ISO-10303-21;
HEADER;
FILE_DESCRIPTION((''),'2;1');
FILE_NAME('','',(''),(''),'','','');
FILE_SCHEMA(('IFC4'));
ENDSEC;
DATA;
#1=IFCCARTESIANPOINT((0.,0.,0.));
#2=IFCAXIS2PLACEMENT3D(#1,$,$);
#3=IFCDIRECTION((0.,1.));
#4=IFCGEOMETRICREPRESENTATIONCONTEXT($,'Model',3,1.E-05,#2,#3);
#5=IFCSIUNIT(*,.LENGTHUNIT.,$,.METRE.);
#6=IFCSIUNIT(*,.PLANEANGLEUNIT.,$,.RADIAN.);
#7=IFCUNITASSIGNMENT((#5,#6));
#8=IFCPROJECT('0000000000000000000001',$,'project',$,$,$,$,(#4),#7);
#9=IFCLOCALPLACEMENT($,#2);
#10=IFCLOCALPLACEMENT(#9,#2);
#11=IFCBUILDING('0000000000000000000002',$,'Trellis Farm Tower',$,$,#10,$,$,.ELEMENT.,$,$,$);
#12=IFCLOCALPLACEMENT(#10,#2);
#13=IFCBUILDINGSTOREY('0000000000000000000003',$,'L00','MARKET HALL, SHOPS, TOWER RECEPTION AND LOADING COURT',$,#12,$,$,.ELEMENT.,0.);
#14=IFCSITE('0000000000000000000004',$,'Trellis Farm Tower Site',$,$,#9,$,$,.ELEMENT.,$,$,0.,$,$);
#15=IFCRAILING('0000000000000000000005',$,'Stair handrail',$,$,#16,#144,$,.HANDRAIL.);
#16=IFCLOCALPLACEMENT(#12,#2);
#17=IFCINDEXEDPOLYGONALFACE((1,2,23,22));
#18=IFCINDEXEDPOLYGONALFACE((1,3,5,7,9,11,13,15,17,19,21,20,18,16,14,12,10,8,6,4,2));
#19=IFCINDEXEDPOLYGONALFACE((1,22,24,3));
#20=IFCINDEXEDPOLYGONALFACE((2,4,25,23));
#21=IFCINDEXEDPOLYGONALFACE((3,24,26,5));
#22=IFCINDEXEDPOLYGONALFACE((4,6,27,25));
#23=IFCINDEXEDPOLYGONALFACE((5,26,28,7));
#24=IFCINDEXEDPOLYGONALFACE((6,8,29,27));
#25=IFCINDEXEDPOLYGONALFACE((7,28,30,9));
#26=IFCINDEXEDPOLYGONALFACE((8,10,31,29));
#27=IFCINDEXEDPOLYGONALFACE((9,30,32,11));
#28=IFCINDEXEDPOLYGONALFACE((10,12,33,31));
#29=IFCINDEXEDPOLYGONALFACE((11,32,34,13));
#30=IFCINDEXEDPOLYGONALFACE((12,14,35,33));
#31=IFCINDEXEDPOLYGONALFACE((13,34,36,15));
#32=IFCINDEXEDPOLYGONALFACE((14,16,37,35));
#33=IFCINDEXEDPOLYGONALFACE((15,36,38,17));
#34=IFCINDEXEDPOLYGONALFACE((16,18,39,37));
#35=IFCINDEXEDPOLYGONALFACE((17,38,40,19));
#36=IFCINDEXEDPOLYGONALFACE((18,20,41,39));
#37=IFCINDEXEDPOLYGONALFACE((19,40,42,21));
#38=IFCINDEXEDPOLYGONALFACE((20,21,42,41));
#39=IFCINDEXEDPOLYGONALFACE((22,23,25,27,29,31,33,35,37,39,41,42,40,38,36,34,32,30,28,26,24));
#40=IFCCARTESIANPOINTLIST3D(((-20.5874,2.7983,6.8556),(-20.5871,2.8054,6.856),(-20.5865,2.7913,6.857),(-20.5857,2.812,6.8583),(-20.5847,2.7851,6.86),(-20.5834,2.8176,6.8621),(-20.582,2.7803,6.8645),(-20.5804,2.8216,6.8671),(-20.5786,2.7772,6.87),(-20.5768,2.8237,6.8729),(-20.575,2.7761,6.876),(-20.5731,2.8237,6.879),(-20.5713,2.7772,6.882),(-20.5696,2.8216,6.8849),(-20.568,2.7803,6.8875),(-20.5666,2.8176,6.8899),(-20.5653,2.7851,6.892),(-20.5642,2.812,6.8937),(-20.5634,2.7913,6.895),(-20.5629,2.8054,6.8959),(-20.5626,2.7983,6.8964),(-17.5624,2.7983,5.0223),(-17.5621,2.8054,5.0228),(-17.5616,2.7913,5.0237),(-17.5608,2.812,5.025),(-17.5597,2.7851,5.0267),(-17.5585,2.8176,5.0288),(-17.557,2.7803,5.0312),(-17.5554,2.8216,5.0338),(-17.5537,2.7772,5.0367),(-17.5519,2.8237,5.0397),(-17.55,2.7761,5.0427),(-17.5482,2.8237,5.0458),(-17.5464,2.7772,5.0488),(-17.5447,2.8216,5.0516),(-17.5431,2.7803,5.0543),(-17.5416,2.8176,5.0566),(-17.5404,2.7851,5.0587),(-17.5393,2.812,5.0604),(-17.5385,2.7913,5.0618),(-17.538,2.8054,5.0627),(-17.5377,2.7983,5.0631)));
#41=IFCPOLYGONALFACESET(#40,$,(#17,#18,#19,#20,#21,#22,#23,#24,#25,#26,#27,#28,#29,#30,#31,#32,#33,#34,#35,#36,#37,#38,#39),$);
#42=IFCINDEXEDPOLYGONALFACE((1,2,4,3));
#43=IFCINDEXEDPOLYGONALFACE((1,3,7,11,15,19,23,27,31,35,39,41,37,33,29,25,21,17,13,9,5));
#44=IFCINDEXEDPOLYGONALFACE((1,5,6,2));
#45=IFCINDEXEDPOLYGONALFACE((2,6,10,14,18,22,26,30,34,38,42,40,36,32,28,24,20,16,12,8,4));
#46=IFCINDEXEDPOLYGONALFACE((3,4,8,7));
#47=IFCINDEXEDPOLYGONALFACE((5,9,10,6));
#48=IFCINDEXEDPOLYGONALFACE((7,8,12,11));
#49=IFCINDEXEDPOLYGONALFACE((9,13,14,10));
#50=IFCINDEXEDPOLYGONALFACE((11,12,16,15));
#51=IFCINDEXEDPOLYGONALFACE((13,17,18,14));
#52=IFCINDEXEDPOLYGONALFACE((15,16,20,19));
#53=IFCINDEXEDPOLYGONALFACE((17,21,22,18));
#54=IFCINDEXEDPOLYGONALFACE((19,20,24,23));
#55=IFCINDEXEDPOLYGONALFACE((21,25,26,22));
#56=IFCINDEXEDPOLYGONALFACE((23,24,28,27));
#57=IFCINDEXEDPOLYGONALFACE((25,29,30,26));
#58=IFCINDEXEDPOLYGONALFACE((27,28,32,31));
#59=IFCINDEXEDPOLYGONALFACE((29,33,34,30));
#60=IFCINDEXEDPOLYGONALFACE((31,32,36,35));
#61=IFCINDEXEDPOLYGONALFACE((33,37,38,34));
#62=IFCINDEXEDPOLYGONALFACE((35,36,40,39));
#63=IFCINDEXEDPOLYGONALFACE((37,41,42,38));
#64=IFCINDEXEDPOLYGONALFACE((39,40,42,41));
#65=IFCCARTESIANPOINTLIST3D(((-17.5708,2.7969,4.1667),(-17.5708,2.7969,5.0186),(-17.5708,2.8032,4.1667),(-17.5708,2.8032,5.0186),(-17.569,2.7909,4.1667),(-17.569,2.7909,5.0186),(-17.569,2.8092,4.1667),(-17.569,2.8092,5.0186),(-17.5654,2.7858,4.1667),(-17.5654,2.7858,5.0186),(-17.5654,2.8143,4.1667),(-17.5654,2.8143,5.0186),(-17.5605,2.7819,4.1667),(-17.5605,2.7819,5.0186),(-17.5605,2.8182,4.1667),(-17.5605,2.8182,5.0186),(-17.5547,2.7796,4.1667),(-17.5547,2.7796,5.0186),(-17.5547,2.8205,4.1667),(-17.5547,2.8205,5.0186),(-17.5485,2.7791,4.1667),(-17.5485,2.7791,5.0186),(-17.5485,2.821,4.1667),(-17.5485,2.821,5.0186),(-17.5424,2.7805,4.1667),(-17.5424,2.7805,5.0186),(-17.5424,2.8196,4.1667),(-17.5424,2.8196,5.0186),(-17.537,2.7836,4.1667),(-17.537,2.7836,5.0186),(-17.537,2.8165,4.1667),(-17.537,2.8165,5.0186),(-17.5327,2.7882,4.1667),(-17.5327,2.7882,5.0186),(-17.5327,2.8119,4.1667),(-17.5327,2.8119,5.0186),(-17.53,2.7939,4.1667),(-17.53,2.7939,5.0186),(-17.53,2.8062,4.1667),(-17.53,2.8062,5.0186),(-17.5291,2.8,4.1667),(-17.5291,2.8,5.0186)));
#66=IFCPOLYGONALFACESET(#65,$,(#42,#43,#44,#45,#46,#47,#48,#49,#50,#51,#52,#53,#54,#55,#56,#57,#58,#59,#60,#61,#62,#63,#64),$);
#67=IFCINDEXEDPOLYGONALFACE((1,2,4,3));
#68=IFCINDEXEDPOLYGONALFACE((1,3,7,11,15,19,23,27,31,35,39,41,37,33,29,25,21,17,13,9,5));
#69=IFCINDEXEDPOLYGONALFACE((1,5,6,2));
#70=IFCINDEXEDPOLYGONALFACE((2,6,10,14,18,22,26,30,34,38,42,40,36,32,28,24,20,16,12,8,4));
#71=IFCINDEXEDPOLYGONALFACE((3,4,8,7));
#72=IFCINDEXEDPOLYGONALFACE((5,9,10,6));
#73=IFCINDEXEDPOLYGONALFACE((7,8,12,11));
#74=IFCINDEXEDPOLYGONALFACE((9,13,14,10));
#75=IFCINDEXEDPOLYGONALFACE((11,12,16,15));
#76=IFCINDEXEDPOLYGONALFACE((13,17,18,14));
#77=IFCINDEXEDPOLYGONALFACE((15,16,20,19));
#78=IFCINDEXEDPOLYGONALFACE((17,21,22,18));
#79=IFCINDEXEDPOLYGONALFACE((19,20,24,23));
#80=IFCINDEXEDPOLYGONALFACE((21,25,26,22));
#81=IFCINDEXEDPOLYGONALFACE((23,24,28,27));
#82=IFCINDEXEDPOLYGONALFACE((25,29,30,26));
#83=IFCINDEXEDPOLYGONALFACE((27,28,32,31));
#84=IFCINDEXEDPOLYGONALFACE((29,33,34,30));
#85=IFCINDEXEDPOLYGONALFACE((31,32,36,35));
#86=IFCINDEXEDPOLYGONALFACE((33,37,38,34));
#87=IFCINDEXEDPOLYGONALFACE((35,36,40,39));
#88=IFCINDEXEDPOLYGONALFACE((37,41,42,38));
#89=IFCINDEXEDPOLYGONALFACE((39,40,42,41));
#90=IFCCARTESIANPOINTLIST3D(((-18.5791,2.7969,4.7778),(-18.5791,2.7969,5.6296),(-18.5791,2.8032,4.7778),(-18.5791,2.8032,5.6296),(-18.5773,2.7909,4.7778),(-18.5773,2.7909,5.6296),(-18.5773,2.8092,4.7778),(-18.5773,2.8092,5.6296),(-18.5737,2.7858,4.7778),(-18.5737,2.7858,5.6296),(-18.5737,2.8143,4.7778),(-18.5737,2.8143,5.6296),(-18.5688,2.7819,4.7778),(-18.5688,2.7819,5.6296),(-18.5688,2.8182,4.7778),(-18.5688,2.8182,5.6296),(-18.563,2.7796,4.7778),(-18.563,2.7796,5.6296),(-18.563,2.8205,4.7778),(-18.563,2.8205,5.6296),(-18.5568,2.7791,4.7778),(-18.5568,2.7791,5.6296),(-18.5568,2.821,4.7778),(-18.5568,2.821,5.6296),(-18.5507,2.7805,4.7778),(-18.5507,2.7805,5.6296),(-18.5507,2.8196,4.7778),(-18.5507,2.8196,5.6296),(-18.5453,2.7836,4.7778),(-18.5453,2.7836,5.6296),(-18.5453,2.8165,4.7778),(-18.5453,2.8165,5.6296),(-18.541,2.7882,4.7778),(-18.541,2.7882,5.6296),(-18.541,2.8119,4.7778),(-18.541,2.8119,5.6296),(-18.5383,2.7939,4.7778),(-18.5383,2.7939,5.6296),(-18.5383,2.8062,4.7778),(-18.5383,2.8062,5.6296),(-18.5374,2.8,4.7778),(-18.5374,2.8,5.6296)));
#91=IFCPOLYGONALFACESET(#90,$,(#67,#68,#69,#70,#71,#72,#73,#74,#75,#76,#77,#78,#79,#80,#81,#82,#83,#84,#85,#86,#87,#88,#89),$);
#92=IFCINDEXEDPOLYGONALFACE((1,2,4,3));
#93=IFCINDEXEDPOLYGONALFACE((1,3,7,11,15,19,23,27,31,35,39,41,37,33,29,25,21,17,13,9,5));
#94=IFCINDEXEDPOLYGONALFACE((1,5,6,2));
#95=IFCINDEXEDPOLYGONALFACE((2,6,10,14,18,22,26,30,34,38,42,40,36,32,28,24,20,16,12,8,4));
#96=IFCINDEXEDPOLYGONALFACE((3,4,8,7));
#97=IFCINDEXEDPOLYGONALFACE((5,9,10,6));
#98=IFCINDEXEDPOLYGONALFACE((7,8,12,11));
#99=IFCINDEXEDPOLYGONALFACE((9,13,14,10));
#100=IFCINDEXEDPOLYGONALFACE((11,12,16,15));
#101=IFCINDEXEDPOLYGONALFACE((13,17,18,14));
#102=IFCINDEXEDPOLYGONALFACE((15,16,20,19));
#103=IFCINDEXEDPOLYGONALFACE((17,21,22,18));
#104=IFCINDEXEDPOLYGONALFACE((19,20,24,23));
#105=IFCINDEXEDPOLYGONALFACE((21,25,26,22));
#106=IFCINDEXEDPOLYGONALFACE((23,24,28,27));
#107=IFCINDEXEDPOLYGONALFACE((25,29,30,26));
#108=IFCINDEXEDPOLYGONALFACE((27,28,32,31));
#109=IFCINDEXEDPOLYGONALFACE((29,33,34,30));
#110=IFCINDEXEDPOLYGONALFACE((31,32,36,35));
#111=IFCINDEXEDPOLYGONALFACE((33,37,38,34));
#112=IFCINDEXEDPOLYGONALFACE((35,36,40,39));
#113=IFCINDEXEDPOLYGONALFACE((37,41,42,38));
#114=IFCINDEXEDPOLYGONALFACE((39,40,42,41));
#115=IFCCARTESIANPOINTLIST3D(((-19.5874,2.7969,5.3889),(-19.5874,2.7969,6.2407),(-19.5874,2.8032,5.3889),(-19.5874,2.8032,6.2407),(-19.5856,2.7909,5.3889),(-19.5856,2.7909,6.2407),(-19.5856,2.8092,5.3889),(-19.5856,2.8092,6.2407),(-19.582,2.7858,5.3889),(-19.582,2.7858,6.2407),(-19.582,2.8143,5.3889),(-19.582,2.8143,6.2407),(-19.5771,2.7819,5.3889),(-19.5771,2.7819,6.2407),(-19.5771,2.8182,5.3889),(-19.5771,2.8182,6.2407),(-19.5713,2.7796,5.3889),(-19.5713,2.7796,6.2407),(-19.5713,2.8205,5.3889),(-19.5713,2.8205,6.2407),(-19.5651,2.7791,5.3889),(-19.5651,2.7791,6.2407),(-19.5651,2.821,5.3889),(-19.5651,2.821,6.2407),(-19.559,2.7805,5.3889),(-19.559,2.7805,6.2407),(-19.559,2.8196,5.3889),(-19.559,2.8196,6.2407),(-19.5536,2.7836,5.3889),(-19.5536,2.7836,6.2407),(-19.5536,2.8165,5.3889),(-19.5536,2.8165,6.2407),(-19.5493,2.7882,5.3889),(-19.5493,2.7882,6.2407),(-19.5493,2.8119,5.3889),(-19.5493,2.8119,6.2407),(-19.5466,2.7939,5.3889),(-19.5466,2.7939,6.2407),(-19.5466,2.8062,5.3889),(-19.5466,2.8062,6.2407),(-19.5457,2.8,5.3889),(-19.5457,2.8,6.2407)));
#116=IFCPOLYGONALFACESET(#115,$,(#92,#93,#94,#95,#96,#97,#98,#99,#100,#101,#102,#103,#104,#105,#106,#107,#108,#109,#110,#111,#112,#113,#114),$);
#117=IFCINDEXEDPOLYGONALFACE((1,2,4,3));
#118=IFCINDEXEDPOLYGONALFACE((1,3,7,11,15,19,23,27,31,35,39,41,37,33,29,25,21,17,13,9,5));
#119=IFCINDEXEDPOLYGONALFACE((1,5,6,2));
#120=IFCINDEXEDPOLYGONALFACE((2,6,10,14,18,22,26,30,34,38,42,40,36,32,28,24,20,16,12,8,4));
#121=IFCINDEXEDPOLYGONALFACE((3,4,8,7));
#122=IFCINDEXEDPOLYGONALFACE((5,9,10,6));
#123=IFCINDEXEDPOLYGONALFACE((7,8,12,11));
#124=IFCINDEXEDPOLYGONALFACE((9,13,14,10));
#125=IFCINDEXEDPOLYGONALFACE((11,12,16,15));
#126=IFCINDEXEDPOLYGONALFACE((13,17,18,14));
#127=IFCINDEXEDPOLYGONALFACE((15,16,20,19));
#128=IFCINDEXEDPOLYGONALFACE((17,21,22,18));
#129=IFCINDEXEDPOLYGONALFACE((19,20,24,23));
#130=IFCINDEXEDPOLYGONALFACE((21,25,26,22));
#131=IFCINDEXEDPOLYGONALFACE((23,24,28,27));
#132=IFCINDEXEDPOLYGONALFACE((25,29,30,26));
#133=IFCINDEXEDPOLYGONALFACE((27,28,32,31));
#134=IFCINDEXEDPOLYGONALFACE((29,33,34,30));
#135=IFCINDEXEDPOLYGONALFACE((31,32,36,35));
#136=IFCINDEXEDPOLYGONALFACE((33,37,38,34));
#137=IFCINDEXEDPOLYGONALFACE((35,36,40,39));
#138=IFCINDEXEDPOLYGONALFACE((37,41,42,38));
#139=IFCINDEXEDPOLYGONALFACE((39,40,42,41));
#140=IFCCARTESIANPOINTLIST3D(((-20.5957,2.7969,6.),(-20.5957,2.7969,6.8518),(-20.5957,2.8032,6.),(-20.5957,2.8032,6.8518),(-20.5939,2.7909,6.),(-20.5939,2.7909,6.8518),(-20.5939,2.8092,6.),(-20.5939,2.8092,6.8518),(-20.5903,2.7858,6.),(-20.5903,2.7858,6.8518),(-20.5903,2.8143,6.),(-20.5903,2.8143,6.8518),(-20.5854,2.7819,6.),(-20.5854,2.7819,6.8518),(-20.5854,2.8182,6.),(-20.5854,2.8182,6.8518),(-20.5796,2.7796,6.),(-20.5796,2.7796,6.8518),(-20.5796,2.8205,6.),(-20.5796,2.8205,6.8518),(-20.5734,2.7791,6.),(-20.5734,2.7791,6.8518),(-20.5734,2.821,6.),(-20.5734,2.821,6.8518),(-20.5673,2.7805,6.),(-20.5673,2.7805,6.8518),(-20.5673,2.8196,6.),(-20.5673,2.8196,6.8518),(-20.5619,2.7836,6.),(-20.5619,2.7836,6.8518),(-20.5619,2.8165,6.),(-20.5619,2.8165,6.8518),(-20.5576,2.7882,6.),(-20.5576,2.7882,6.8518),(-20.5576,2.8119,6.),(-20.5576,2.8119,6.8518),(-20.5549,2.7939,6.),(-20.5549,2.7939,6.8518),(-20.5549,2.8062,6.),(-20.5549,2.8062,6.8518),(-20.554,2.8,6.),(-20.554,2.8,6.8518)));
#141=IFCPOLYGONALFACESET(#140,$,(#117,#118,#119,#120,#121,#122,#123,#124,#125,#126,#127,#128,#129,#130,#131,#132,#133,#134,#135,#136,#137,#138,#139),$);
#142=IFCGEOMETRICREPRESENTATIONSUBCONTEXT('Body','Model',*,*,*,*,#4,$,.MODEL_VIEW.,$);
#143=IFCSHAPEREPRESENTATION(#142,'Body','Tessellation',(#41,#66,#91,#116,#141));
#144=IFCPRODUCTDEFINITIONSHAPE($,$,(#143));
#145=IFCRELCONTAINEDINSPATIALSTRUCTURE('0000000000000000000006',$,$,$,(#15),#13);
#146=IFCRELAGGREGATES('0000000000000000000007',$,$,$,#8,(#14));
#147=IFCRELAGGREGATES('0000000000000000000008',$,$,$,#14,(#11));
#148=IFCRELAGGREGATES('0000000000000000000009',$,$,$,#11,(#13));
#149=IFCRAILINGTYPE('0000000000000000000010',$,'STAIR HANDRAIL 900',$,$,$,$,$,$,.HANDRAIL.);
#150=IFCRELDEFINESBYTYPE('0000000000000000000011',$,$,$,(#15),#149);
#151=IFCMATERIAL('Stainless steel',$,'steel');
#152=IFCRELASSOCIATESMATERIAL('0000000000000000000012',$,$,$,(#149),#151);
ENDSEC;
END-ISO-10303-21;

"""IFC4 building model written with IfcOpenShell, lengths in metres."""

from ifc_helpers import new_model, si_unit, direction, frame, origin, origin_2d, place, context, subcontext, project, spatial, circle, extrude, source, transform, mapped, material, type_object, element, save


model = new_model("IFC4")

# Units and contexts
model_context = context("Model", 3, precision=1e-05, world=origin(), true_north=direction((0.0, 1.0)))
body_context = subcontext(model_context, "Body", "Model", "MODEL_VIEW")
ifc_project = project(units=[si_unit("LENGTHUNIT", "METRE"), si_unit("PLANEANGLEUNIT", "RADIAN")], contexts=[model_context])

# Site, building, storey
site_placement = place(None, origin())
site = spatial("IfcSite", under=ifc_project, at=site_placement, Name="Trellis Farm Tower Site", CompositionType="ELEMENT", RefElevation=0.0)
building_placement = place(site_placement, origin())
building = spatial("IfcBuilding", under=site, at=building_placement, Name="Trellis Farm Tower", CompositionType="ELEMENT")
storey_placement = place(building_placement, origin())
storey = spatial("IfcBuildingStorey", under=building, at=storey_placement, Name="L00", Description="MARKET HALL, SHOPS, TOWER RECEPTION AND LOADING COURT", CompositionType="ELEMENT", Elevation=0.0)

# Railing
ifc_material_1 = material(Name="Stainless steel", Category="steel")
railing_type = type_object("IfcRailingType", Name="STAIR HANDRAIL 900", PredefinedType="HANDRAIL", material=ifc_material_1)
shared_shape_1 = source(origin(), body_context, "Body", "SweptSolid", [
    extrude(circle(Radius=0.0239, at=origin_2d()), frame((0.0, 0.0, 0.876), z_axis=(-0.855201, 0.0, 0.518297), x_axis=(0.0, -1.0, 0.0)), (0.0, 0.0, 1.0), 3.5371),
    extrude(circle(Radius=0.021, at=origin_2d()), origin(), (0.0, 0.0, 1.0), 0.8518),
    extrude(circle(Radius=0.021, at=origin_2d()), frame((-1.0083, 0.0, 0.6111)), (0.0, 0.0, 1.0), 0.8518),
    extrude(circle(Radius=0.021, at=origin_2d()), frame((-2.0166, 0.0, 1.2222)), (0.0, 0.0, 1.0), 0.8518),
    extrude(circle(Radius=0.021, at=origin_2d()), frame((-3.0249, 0.0, 1.8333)), (0.0, 0.0, 1.0), 0.8518),
])
for number, where, name in (
    (1, (-17.55, 2.8, 4.1667), "Stair handrail"),
):
    element("IfcRailing", number, at=place(storey_placement, frame(where)), inside=storey, type_object=railing_type, Name=name, PredefinedType="HANDRAIL", context=body_context, shape_type="MappedRepresentation", body=[
        mapped(shared_shape_1, transform((0.0, 0.0, 0.0))),
    ])

save(model, "model.ifc")
